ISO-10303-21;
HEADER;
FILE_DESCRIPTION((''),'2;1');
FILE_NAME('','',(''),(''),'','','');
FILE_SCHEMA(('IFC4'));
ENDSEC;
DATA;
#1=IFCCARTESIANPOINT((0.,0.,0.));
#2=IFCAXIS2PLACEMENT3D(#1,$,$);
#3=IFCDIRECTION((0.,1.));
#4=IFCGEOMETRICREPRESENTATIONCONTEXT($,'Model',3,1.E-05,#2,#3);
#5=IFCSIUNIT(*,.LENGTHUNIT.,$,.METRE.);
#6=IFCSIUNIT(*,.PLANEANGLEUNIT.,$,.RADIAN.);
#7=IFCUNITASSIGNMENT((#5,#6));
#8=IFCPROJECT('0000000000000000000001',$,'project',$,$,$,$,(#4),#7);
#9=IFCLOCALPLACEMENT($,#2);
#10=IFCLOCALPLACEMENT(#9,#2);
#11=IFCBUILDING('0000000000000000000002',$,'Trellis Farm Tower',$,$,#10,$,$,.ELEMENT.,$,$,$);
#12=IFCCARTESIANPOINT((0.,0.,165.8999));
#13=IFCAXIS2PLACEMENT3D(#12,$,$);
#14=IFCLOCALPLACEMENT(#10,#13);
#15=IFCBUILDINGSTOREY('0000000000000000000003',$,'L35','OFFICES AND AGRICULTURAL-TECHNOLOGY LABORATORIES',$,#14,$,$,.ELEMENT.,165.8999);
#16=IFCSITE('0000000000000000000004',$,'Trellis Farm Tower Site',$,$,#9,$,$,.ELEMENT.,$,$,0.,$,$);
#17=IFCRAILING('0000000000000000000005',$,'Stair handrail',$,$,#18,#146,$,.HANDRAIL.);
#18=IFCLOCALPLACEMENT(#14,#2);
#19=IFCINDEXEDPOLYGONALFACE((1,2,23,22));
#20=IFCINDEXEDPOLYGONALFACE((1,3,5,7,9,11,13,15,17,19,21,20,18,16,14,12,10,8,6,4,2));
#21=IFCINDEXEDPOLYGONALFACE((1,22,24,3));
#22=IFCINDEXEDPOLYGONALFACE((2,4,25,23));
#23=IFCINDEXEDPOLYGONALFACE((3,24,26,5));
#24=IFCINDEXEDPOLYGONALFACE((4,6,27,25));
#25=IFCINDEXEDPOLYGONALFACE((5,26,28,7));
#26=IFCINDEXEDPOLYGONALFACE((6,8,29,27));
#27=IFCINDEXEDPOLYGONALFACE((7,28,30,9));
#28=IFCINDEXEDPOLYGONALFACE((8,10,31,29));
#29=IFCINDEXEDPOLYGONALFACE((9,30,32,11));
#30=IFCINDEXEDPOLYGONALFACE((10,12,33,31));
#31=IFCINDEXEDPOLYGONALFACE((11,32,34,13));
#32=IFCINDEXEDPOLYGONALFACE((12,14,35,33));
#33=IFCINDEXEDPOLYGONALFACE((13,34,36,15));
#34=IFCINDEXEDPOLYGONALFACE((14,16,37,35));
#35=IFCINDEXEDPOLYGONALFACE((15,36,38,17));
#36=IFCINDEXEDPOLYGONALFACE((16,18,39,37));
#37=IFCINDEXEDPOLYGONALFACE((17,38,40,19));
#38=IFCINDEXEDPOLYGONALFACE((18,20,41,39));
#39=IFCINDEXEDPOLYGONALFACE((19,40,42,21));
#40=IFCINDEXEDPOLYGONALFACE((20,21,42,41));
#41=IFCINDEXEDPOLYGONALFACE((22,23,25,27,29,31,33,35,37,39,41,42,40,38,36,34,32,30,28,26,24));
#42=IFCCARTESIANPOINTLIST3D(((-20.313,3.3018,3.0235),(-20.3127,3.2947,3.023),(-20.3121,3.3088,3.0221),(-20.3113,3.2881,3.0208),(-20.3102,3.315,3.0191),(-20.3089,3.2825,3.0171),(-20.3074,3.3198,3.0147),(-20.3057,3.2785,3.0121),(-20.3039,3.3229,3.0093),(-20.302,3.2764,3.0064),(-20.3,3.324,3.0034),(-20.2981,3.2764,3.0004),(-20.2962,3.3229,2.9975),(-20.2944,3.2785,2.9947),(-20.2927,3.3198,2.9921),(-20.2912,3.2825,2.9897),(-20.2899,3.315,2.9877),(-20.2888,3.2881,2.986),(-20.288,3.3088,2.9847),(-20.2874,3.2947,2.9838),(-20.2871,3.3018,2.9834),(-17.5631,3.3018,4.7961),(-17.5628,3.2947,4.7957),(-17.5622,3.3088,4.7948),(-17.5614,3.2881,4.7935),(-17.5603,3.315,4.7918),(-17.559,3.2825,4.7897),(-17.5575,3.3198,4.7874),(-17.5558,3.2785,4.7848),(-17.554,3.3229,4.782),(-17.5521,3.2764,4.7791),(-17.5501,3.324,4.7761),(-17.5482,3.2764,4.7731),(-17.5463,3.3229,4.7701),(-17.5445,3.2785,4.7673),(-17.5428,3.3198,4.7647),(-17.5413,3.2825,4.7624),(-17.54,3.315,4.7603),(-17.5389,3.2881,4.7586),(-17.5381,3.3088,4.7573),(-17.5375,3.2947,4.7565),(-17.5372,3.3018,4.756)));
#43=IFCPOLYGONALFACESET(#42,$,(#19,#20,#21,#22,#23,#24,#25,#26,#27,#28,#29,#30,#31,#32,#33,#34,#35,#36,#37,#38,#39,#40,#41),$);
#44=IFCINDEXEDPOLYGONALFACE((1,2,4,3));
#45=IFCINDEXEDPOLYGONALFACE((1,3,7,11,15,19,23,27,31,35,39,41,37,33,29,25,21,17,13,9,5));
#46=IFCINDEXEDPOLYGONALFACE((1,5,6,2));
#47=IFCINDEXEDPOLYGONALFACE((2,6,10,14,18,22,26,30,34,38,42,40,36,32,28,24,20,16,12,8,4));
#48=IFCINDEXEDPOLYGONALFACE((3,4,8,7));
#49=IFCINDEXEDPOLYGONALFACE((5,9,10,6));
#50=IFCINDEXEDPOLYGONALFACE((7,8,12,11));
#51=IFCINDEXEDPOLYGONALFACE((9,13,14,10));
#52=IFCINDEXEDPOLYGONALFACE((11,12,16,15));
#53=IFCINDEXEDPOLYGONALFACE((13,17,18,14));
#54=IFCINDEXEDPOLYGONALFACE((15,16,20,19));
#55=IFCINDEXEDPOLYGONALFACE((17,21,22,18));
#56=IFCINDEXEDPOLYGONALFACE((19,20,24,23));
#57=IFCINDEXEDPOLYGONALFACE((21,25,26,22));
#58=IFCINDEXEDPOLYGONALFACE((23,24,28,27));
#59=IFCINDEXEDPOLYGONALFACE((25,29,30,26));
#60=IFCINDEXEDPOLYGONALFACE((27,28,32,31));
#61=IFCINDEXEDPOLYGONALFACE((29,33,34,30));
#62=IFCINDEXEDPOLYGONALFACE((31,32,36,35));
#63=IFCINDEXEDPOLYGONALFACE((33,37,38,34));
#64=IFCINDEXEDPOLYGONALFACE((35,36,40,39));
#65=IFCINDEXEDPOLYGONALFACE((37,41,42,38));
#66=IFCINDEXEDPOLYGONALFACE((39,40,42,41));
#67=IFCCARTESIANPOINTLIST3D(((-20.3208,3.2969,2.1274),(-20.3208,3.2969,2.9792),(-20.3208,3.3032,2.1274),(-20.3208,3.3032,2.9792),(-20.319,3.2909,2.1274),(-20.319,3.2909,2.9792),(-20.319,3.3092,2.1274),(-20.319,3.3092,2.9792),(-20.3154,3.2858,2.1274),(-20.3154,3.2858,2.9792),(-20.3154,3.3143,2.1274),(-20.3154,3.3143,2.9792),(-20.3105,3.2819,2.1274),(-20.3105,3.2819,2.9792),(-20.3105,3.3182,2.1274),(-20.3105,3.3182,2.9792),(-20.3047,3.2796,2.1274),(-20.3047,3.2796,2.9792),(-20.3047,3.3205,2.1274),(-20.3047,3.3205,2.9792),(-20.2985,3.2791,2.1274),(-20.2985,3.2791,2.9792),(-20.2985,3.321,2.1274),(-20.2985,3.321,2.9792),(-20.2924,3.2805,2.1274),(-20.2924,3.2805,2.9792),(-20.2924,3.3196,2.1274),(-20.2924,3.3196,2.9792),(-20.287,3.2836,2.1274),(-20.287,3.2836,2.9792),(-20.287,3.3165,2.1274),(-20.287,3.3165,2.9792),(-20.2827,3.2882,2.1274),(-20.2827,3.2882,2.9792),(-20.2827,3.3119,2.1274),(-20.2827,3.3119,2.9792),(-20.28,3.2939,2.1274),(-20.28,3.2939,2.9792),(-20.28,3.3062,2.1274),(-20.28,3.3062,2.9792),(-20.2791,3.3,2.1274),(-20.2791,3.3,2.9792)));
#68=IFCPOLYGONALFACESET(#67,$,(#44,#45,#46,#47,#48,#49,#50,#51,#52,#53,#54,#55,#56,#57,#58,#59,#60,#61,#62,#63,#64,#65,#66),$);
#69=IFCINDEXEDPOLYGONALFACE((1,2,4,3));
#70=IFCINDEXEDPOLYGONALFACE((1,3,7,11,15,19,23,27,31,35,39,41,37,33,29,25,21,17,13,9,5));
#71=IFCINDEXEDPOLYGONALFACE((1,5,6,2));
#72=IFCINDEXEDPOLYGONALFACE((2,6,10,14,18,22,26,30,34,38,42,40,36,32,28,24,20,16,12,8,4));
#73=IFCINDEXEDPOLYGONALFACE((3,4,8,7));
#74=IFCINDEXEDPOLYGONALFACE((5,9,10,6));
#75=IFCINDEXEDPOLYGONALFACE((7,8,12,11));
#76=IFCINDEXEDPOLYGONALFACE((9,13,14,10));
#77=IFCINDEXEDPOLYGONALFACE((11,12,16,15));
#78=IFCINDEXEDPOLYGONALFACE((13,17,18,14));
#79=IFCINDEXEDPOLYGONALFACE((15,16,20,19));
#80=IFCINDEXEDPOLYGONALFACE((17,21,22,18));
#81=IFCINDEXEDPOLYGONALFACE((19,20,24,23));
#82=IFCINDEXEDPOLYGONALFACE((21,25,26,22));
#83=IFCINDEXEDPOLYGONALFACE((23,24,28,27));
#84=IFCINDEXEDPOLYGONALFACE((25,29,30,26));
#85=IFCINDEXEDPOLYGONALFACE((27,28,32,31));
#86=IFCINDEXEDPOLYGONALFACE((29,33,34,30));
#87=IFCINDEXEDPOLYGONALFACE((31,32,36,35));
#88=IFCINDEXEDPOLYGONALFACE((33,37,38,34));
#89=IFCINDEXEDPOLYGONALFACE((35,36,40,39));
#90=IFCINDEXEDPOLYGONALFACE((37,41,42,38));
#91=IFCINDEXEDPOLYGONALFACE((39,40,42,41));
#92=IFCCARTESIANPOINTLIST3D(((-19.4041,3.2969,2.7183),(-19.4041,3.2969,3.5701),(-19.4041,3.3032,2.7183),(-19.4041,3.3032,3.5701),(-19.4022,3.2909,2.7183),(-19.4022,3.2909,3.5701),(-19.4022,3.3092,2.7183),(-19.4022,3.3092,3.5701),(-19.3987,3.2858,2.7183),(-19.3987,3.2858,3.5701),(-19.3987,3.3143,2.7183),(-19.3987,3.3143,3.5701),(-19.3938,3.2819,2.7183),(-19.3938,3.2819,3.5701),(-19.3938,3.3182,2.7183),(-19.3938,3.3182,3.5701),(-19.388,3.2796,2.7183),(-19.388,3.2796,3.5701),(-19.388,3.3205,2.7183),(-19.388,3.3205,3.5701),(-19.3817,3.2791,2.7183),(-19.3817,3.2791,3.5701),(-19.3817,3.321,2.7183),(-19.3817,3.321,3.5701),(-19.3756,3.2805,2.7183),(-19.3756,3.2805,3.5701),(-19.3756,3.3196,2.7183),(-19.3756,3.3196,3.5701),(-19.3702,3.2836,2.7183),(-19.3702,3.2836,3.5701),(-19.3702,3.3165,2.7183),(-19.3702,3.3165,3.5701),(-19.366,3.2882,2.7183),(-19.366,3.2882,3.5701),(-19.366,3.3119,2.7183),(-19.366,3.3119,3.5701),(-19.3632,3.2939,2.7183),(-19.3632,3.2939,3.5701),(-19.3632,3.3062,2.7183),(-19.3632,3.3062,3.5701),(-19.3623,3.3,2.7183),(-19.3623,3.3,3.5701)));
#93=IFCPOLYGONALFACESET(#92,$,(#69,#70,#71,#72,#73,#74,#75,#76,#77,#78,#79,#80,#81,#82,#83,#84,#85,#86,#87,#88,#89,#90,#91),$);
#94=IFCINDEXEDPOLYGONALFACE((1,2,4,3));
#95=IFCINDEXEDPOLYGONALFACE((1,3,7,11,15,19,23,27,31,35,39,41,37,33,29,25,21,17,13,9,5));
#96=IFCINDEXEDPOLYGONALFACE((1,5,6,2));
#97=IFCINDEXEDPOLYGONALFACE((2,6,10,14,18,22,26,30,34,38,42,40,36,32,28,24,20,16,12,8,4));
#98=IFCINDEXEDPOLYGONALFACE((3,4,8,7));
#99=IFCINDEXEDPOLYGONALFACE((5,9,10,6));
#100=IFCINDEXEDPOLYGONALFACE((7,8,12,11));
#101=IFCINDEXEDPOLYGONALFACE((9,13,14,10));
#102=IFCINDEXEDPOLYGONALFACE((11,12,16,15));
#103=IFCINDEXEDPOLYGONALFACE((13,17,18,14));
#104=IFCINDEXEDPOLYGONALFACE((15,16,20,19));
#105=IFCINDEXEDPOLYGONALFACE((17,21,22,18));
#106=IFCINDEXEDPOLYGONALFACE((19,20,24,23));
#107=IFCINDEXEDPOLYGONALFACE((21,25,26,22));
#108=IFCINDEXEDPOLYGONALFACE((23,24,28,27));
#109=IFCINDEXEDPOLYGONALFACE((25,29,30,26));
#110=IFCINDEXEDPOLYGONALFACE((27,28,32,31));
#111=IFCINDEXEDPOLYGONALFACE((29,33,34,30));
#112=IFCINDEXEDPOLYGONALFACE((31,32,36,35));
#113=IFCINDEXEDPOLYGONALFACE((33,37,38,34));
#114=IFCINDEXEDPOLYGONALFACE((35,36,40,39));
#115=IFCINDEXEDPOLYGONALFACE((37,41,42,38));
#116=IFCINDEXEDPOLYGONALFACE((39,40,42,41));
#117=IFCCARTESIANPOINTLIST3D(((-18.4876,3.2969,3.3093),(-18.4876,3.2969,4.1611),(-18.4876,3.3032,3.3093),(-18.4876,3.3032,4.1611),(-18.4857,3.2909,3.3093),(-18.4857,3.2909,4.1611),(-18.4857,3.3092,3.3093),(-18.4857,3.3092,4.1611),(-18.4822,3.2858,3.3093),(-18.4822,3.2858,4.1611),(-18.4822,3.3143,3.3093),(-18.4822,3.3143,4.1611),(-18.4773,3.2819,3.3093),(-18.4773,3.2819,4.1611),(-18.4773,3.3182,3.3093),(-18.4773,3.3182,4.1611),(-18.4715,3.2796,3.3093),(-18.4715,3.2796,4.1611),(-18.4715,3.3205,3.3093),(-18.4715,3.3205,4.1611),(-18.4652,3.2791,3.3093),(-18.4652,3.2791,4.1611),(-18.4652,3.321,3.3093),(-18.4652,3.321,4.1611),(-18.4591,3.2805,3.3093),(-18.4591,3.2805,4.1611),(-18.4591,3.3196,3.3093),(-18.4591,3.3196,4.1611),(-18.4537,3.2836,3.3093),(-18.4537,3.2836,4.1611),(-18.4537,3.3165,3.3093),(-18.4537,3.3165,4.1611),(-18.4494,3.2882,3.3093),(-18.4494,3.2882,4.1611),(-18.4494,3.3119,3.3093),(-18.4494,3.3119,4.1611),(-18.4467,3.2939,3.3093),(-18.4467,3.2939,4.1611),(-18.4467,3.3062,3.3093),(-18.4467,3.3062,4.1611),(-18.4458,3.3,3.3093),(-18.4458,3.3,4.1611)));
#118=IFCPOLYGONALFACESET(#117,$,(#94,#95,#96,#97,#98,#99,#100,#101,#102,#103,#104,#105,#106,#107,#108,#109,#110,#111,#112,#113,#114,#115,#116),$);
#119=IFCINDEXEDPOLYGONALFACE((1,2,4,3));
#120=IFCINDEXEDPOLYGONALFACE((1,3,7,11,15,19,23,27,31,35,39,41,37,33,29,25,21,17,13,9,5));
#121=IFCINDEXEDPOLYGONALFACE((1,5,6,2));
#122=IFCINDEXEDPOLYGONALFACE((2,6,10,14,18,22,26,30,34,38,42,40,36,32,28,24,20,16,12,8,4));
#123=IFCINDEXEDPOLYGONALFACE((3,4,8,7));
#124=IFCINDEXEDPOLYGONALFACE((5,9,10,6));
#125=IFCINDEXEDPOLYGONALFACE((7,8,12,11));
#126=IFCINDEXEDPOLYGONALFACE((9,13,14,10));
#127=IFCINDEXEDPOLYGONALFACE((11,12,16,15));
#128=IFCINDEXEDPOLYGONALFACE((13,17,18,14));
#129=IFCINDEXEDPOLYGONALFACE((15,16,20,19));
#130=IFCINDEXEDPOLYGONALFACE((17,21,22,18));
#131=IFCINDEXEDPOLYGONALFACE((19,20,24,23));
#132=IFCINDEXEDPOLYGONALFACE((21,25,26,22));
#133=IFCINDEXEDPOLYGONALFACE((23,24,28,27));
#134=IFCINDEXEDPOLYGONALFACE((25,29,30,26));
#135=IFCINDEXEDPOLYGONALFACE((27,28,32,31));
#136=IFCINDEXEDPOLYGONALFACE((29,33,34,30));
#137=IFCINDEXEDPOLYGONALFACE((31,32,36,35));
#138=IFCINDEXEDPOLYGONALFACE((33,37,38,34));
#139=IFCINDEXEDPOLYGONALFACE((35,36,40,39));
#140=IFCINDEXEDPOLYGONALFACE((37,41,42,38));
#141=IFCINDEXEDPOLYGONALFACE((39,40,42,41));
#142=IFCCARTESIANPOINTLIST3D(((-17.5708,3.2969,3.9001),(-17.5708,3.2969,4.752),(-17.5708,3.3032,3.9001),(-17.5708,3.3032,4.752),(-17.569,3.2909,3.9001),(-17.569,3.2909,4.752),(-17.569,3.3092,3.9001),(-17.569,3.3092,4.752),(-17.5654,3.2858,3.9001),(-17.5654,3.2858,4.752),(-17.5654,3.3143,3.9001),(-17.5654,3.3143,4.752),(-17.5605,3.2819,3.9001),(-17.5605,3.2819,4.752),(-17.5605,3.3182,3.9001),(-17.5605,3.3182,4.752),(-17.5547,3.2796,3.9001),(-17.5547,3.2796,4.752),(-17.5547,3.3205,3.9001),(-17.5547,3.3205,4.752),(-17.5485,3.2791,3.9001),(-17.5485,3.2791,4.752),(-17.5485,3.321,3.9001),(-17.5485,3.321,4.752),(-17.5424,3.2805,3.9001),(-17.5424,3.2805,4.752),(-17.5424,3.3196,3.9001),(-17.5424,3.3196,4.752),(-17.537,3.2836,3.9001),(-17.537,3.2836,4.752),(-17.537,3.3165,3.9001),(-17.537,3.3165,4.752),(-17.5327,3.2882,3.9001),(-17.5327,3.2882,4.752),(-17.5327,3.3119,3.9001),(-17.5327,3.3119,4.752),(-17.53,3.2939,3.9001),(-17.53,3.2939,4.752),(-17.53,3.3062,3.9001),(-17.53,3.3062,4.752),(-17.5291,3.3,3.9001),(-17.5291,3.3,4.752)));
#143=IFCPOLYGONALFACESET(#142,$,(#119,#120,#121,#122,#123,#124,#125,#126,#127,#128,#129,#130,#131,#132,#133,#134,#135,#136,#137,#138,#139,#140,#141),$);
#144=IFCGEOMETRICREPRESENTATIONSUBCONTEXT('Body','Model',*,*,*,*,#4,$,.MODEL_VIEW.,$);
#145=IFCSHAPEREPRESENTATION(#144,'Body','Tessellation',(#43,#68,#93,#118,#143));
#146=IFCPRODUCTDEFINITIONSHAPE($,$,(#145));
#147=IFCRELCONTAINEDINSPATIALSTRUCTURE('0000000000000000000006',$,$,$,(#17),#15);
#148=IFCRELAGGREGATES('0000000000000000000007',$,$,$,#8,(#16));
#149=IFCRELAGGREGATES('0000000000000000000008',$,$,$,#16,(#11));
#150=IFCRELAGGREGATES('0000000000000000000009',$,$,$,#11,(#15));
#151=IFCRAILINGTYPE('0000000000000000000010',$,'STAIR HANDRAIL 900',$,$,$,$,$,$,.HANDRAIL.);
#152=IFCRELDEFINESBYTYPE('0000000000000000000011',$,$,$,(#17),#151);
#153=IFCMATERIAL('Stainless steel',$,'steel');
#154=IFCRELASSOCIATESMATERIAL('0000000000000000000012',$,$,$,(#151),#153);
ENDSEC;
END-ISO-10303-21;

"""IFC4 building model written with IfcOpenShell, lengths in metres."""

from ifc_helpers import new_model, si_unit, direction, frame, origin, origin_2d, place, context, subcontext, project, spatial, circle, extrude, source, transform, mapped, material, type_object, element, save


model = new_model("IFC4")

# Units and contexts
model_context = context("Model", 3, precision=1e-05, world=origin(), true_north=direction((0.0, 1.0)))
body_context = subcontext(model_context, "Body", "Model", "MODEL_VIEW")
ifc_project = project(units=[si_unit("LENGTHUNIT", "METRE"), si_unit("PLANEANGLEUNIT", "RADIAN")], contexts=[model_context])

# Site, building, storey
site_placement = place(None, origin())
site = spatial("IfcSite", under=ifc_project, at=site_placement, Name="Trellis Farm Tower Site", CompositionType="ELEMENT", RefElevation=0.0)
building_placement = place(site_placement, origin())
building = spatial("IfcBuilding", under=site, at=building_placement, Name="Trellis Farm Tower", CompositionType="ELEMENT")
storey_placement = place(building_placement, frame((0.0, 0.0, 165.8999)))
storey = spatial("IfcBuildingStorey", under=building, at=storey_placement, Name="L35", Description="OFFICES AND AGRICULTURAL-TECHNOLOGY LABORATORIES", CompositionType="ELEMENT", Elevation=165.8999)

# Railing
ifc_material_1 = material(Name="Stainless steel", Category="steel")
railing_type = type_object("IfcRailingType", Name="STAIR HANDRAIL 900", PredefinedType="HANDRAIL", material=ifc_material_1)
shared_shape_1 = source(origin(), body_context, "Body", "SweptSolid", [
    extrude(circle(Radius=0.0239, at=origin_2d()), frame((0.0, 0.0, 0.876), z_axis=(0.840504, 0.0, 0.541806), x_axis=(0.0, 1.0, 0.0)), (0.0, 0.0, 1.0), 3.2717),
    extrude(circle(Radius=0.021, at=origin_2d()), origin(), (0.0, 0.0, 1.0), 0.8518),
    extrude(circle(Radius=0.021, at=origin_2d()), frame((0.9167, 0.0, 0.5908)), (0.0, 0.0, 1.0), 0.8518),
    extrude(circle(Radius=0.021, at=origin_2d()), frame((1.8333, 0.0, 1.1819)), (0.0, 0.0, 1.0), 0.8518),
    extrude(circle(Radius=0.021, at=origin_2d()), frame((2.75, 0.0, 1.7727)), (0.0, 0.0, 1.0), 0.8518),
])
for number, where, name in (
    (1, (-20.3, 3.3, 2.1274), "Stair handrail"),
):
    element("IfcRailing", number, at=place(storey_placement, frame(where)), inside=storey, type_object=railing_type, Name=name, PredefinedType="HANDRAIL", context=body_context, shape_type="MappedRepresentation", body=[
        mapped(shared_shape_1, transform((0.0, 0.0, 0.0))),
    ])

save(model, "model.ifc")
